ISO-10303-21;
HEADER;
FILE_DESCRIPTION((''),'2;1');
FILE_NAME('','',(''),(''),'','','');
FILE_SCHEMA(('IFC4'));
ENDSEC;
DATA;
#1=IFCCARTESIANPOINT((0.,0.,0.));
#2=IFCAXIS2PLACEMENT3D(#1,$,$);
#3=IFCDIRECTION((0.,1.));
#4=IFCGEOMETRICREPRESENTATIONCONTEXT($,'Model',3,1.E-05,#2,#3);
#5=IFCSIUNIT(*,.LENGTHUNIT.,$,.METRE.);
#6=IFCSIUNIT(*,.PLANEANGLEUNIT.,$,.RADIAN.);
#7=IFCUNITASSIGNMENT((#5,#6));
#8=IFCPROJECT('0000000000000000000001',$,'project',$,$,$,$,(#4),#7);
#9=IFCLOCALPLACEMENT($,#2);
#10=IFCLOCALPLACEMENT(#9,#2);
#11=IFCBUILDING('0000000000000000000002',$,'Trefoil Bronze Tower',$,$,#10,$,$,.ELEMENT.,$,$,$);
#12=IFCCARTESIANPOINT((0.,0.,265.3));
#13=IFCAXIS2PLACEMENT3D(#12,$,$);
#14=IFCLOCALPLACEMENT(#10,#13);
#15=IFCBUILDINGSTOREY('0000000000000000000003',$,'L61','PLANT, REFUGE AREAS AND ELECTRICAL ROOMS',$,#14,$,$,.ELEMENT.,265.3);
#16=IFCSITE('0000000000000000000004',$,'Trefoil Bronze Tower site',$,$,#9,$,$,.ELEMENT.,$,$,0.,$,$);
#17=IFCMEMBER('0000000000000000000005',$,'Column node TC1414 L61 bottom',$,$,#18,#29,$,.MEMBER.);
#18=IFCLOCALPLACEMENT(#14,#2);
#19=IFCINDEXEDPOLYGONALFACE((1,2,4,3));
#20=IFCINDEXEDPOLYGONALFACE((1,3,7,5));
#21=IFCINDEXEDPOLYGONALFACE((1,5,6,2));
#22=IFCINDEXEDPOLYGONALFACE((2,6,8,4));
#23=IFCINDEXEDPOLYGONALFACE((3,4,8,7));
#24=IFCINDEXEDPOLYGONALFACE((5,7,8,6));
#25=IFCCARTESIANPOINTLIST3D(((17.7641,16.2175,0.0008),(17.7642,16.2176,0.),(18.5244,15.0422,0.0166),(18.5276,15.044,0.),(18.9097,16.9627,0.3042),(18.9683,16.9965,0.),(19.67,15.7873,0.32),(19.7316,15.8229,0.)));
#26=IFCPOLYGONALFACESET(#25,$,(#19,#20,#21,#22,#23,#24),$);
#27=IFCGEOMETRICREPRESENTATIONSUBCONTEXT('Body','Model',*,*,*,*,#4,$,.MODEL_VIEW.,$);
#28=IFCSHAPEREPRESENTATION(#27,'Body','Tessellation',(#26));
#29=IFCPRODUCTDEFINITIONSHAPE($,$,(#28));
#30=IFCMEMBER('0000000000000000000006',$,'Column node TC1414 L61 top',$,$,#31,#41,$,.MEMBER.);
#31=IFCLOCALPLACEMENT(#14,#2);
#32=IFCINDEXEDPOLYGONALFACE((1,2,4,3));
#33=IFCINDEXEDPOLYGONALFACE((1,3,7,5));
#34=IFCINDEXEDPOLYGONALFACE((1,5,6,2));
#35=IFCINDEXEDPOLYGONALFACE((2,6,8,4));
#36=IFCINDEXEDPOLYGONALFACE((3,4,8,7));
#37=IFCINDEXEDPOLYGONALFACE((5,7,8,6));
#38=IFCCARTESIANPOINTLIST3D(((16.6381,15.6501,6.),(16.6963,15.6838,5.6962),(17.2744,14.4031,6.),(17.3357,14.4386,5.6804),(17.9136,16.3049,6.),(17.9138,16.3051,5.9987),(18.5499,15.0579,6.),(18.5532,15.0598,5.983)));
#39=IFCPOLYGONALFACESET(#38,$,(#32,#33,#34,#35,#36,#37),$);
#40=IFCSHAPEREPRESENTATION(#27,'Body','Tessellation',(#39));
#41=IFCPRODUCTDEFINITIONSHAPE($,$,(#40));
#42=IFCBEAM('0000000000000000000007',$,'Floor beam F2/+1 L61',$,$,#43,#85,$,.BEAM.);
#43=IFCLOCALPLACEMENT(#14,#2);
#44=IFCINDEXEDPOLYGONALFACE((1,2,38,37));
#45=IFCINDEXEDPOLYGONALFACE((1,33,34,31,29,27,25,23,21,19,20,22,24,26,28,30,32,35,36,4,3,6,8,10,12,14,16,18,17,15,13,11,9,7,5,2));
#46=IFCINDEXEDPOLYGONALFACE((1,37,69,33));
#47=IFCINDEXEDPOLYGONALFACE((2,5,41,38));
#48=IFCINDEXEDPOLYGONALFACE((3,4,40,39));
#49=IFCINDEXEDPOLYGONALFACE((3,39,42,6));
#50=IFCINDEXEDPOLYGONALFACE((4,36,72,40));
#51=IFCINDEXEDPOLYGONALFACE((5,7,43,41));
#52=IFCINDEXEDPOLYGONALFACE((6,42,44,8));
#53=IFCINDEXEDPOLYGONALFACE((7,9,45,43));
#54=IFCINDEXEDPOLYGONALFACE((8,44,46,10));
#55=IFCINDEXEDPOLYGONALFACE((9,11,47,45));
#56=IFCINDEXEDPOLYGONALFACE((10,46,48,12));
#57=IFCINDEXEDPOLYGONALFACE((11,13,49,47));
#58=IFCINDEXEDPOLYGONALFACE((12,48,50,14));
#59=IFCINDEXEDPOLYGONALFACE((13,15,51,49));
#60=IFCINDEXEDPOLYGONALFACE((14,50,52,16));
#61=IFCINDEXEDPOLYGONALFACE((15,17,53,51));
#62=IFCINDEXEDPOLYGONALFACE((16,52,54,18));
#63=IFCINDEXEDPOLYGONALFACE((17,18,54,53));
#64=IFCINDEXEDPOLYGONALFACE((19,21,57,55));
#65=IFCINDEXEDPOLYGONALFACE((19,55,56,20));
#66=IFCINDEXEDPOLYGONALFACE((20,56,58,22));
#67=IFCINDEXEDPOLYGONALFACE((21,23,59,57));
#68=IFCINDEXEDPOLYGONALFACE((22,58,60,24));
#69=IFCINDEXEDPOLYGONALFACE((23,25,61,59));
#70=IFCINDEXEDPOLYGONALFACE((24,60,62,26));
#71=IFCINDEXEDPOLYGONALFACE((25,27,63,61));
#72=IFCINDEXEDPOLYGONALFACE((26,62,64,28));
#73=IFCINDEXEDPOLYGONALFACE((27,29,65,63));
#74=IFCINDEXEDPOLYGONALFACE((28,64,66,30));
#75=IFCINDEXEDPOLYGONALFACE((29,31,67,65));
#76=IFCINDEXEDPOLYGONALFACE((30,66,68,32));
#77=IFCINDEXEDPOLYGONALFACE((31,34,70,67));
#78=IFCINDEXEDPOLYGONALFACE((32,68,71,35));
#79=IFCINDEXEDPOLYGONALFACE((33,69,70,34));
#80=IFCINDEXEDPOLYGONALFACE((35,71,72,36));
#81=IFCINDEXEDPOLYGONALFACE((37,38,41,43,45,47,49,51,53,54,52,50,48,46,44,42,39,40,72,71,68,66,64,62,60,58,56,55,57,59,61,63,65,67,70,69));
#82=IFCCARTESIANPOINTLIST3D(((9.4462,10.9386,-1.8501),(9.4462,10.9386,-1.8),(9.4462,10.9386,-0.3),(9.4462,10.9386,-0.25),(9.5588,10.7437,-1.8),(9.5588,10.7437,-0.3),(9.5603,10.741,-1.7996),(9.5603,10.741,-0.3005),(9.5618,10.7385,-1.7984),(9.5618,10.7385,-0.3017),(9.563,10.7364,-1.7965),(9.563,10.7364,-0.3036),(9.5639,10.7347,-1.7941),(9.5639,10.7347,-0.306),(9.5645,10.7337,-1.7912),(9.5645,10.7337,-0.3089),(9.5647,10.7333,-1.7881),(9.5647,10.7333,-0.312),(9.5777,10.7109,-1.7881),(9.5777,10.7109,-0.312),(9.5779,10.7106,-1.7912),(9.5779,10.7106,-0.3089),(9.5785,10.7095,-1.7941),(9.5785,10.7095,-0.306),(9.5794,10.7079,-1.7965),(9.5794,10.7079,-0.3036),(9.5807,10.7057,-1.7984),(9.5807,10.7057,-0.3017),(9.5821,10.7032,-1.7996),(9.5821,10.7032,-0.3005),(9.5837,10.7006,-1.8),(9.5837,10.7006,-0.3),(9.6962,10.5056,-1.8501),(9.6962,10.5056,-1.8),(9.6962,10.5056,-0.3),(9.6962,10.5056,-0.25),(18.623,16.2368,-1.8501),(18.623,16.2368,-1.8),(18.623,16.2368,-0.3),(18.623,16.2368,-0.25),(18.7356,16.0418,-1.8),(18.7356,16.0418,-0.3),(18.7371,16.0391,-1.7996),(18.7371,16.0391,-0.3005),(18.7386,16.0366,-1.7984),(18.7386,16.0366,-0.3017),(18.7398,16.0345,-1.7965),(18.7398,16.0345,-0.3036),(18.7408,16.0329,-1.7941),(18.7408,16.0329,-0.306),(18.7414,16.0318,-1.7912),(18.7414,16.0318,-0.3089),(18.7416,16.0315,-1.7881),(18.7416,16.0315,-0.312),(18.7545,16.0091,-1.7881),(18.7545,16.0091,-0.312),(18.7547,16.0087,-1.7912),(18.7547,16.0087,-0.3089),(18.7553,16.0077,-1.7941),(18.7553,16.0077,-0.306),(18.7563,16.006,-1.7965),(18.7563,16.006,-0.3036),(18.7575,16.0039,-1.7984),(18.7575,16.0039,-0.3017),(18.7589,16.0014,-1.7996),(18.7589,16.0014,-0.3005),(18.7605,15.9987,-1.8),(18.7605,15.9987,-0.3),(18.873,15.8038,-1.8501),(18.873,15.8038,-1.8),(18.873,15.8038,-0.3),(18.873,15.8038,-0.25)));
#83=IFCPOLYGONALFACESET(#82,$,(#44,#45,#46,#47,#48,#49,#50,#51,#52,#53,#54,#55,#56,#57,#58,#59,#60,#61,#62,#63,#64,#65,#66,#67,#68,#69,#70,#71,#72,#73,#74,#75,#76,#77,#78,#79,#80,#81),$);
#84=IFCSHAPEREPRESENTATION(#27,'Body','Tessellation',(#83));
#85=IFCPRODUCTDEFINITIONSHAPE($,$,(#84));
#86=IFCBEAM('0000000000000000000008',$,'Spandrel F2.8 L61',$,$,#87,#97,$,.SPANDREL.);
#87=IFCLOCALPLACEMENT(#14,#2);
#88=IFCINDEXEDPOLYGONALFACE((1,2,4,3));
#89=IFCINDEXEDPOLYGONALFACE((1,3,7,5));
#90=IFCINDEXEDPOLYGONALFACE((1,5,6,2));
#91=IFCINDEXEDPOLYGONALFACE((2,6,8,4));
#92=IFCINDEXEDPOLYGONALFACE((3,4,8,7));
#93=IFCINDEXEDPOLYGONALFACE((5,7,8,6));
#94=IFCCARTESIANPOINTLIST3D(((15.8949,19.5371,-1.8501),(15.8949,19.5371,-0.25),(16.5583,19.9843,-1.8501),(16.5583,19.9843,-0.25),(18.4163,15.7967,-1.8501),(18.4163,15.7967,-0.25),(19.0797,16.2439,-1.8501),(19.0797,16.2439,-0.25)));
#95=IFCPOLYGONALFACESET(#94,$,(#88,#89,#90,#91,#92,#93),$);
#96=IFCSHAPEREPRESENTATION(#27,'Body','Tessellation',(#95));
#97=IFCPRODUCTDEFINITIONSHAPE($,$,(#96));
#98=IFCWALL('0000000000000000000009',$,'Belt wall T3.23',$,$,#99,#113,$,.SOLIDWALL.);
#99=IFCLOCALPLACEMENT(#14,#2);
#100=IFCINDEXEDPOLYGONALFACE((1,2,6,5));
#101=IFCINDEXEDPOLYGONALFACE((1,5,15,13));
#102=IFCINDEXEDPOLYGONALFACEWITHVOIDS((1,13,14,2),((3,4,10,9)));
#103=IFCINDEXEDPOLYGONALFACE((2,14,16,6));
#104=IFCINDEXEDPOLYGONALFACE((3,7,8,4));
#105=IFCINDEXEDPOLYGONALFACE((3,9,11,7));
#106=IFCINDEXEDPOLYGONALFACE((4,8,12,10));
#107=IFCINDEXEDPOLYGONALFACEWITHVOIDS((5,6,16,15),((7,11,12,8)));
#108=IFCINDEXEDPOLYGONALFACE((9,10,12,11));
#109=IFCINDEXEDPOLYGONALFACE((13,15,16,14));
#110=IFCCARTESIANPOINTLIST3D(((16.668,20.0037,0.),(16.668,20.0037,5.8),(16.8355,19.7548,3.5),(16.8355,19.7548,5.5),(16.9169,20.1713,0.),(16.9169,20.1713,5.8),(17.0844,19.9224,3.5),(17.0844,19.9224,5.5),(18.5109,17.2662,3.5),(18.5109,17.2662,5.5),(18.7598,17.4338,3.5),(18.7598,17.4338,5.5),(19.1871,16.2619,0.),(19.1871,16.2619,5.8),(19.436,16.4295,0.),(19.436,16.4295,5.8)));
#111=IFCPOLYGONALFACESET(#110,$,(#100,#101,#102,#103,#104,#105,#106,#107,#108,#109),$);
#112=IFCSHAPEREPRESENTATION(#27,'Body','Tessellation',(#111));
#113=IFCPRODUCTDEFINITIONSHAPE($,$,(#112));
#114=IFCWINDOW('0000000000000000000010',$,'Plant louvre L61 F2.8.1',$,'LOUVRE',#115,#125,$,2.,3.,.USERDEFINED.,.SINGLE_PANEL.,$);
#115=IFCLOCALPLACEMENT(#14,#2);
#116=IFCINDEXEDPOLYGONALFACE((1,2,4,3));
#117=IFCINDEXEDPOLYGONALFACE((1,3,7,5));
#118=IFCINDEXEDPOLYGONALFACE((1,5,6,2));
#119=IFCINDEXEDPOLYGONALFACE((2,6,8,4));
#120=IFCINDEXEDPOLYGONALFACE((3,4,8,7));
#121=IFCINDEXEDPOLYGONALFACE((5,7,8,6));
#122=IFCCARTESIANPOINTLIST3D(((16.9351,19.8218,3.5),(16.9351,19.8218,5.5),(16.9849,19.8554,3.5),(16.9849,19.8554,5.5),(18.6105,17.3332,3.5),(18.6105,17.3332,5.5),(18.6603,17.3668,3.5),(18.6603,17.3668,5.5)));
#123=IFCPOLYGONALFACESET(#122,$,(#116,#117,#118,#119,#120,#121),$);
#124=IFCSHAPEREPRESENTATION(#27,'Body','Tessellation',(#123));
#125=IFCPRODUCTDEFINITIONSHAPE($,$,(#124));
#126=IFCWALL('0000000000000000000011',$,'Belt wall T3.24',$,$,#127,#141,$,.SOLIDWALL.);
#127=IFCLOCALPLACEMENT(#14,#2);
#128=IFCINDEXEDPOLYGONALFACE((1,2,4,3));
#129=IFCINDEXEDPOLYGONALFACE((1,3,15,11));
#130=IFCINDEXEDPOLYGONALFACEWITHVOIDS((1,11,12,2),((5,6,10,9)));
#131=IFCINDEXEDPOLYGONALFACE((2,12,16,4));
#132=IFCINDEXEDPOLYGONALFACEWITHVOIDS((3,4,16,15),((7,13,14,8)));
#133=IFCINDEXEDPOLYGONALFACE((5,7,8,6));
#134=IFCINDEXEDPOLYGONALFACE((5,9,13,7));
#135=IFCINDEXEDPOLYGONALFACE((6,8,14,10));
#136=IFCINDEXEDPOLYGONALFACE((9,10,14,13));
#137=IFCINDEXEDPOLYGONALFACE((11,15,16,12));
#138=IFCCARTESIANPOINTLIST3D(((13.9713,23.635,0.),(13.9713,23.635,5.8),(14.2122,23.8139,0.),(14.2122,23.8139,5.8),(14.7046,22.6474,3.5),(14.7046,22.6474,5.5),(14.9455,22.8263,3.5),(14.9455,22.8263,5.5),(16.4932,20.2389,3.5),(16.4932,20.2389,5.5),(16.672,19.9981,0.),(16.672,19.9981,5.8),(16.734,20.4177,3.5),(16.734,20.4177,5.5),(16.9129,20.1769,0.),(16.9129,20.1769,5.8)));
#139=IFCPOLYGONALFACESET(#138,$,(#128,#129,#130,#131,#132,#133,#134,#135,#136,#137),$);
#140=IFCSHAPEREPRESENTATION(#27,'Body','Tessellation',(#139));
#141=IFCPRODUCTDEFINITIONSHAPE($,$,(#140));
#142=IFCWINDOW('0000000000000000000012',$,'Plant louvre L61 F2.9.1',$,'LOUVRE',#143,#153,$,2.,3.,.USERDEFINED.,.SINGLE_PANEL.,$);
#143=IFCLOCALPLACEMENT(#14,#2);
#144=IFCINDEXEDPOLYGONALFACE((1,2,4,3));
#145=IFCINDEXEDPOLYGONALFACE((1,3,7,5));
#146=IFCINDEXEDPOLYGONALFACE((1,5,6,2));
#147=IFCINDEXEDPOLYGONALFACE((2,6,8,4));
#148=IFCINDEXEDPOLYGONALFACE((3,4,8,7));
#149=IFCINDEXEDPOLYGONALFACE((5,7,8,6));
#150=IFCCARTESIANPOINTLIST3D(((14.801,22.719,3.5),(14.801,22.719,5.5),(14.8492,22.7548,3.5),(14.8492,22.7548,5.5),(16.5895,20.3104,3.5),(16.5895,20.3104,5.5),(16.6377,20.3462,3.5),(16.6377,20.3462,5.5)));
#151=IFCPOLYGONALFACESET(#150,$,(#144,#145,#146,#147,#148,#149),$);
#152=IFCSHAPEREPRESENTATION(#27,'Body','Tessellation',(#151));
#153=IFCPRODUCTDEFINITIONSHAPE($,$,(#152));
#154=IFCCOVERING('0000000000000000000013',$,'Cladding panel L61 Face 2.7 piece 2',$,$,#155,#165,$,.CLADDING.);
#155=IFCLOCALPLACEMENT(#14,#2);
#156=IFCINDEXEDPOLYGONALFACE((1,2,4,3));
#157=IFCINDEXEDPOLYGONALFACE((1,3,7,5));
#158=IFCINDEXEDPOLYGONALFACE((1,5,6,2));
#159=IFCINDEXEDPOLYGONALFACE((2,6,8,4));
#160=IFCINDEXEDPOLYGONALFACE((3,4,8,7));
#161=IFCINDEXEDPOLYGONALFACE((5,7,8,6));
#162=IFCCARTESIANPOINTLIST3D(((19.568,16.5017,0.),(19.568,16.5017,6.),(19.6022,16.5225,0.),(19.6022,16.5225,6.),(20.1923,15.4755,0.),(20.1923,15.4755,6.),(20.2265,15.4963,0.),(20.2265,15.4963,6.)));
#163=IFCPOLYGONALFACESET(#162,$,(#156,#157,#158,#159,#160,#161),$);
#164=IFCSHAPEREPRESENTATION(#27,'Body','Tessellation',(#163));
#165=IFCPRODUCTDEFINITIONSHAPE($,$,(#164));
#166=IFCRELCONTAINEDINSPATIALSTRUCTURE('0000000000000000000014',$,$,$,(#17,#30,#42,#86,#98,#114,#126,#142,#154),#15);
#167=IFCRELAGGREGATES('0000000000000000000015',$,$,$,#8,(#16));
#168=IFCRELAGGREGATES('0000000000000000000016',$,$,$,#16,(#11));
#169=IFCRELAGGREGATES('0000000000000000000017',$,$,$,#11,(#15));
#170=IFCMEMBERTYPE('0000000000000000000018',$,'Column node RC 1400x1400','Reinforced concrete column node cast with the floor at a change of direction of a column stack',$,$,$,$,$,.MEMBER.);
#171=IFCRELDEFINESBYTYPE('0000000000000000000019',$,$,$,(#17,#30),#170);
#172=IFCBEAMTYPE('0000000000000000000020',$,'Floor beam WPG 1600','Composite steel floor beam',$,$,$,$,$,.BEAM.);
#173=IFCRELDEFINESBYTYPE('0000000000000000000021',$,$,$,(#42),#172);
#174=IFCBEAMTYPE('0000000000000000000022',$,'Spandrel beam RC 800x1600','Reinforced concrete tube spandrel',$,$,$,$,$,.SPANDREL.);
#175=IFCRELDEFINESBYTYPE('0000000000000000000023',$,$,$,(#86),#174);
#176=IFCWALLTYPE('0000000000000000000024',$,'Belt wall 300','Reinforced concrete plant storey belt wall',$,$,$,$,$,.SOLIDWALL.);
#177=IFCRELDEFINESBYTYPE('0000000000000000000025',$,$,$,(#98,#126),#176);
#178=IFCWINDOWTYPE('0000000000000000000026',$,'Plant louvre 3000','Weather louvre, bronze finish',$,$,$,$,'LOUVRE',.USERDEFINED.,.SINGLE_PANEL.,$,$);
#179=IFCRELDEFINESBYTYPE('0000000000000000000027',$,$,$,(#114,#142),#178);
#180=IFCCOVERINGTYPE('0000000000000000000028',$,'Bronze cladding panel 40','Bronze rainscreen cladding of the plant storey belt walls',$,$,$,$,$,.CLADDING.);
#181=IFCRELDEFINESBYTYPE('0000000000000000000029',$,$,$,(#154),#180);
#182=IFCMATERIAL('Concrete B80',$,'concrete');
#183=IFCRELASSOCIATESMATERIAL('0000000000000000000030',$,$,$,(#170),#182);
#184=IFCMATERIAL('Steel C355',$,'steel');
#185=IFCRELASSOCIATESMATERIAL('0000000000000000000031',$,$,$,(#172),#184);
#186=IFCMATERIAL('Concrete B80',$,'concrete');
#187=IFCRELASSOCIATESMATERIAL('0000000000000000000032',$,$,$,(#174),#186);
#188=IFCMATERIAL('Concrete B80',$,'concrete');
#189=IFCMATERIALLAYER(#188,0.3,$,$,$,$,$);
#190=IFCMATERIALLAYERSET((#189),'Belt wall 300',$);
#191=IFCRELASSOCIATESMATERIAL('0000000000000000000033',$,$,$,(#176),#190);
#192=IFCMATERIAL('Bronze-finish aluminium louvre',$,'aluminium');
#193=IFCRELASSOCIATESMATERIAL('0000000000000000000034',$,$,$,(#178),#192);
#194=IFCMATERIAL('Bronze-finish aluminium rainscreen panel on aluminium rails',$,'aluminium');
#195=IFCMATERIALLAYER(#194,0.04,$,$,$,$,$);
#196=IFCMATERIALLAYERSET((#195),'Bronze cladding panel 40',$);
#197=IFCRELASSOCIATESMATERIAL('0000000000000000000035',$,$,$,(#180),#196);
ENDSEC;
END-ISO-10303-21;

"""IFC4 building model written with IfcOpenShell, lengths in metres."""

from ifc_helpers import new_model, si_unit, direction, frame, frame_2d, origin, origin_2d, place, context, subcontext, project, spatial, rectangle, i_section, extrude, clip, halfspace, material, layer, layer_set, material_profile, profile_set, type_object, element, fill, save


model = new_model("IFC4")

# Units and contexts
model_context = context("Model", 3, precision=1e-05, world=origin(), true_north=direction((0.0, 1.0)))
body_context = subcontext(model_context, "Body", "Model", "MODEL_VIEW")
ifc_project = project(units=[si_unit("LENGTHUNIT", "METRE"), si_unit("PLANEANGLEUNIT", "RADIAN")], contexts=[model_context])

# Site, building, storey
site_placement = place(None, origin())
site = spatial("IfcSite", under=ifc_project, at=site_placement, Name="Trefoil Bronze Tower site", CompositionType="ELEMENT", RefElevation=0.0)
building_placement = place(site_placement, origin())
building = spatial("IfcBuilding", under=site, at=building_placement, Name="Trefoil Bronze Tower", CompositionType="ELEMENT")
storey_placement = place(building_placement, frame((0.0, 0.0, 265.3)))
storey = spatial("IfcBuildingStorey", under=building, at=storey_placement, Name="L61", Description="PLANT, REFUGE AREAS AND ELECTRICAL ROOMS", CompositionType="ELEMENT", Elevation=265.3)

# Members
ifc_material_1 = material(Name="Concrete B80", Category="concrete")
ifc_material_profile_1 = material_profile(ifc_material_1, rectangle(XDim=1.3999, YDim=1.3999, at=origin_2d()), Name="RC 1400x1400")
ifc_profile_set_1 = profile_set([ifc_material_profile_1], Name="Concrete B80")
member_type = type_object("IfcMemberType", Name="Column node RC 1400x1400", Description="Reinforced concrete column node cast with the floor at a change of direction of a column stack", PredefinedType="MEMBER", material=ifc_profile_set_1)
member_1_placement = place(storey_placement, frame((18.7788, 16.0381, -0.1604), z_axis=(-0.187954, -0.108463, 0.976171), x_axis=(-0.543105, 0.839589, -0.011283)))
element("IfcMember", 1, at=member_1_placement, inside=storey, type_object=member_type, Name="Column node TC1414 L61 bottom", PredefinedType="MEMBER", context=body_context, shape_type="Clipping", body=[
    clip(extrude(rectangle(XDim=1.3999, YDim=1.3999, at=origin_2d()), origin(), (0.0, 0.0, 1.0), 0.3286), halfspace(frame((0.0, 0.0, 0.1643), z_axis=(-0.011283, -0.216711, 0.976171), x_axis=(0.0, 0.976233, 0.216725)), True)),
])
member_2_placement = place(storey_placement, frame((17.5632, 15.3362, 6.1604), z_axis=(0.187237, 0.108479, -0.976307), x_axis=(0.456707, -0.889546, -0.011251)))
element("IfcMember", 2, at=member_2_placement, inside=storey, type_object=member_type, Name="Column node TC1414 L61 top", PredefinedType="MEMBER", context=body_context, shape_type="Clipping", body=[
    clip(extrude(rectangle(XDim=1.3999, YDim=1.3999, at=origin_2d()), origin(), (0.0, 0.0, 1.0), 0.3286), halfspace(frame((0.0, 0.0, 0.1643), z_axis=(0.011251, 0.216099, 0.976307), x_axis=(0.0, 0.976368, -0.216112)), True)),
])

# Beams
ifc_material_2 = material(Name="Steel C355", Category="steel")
ifc_material_profile_2 = material_profile(ifc_material_2, i_section(OverallWidth=0.5, OverallDepth=1.6001, WebThickness=0.0259, FlangeThickness=0.05, FilletRadius=0.012, at=origin_2d()), Name="WPG 1600")
ifc_profile_set_2 = profile_set([ifc_material_profile_2], Name="Steel C355")
beam_type_1 = type_object("IfcBeamType", Name="Floor beam WPG 1600", Description="Composite steel floor beam", PredefinedType="BEAM", material=ifc_profile_set_2)
beam_1_placement = place(storey_placement, frame((18.748, 16.0203, -1.05), z_axis=(-0.86603, -0.499992, 0.0), x_axis=(0.499992, -0.86603, 0.0)))
element("IfcBeam", 3, at=beam_1_placement, inside=storey, type_object=beam_type_1, Name="Floor beam F2/+1 L61", PredefinedType="BEAM", context=body_context, shape_type="SweptSolid", body=[
    extrude(i_section(OverallWidth=0.5, OverallDepth=1.6001, WebThickness=0.0259, FlangeThickness=0.05, FilletRadius=0.012, at=origin_2d()), origin(), (0.0, 0.0, 1.0), 10.5964),
])
ifc_material_3 = material(Name="Concrete B80", Category="concrete")
ifc_material_profile_3 = material_profile(ifc_material_3, rectangle(XDim=0.8, YDim=1.6001, at=origin_2d()), Name="RC 800x1600")
ifc_profile_set_3 = profile_set([ifc_material_profile_3], Name="Concrete B80")
beam_type_2 = type_object("IfcBeamType", Name="Spandrel beam RC 800x1600", Description="Reinforced concrete tube spandrel", PredefinedType="SPANDREL", material=ifc_profile_set_3)
beam_2_placement = place(storey_placement, frame((18.748, 16.0203, -1.05), z_axis=(-0.558964, 0.829192, 0.0), x_axis=(-0.829192, -0.558964, 0.0)))
element("IfcBeam", 4, at=beam_2_placement, inside=storey, type_object=beam_type_2, Name="Spandrel F2.8 L61", PredefinedType="SPANDREL", context=body_context, shape_type="SweptSolid", body=[
    extrude(rectangle(XDim=0.8, YDim=1.6001, at=origin_2d()), origin(), (0.0, 0.0, 1.0), 4.511),
])

# Walls, openings, windows
ifc_material_4 = material(Name="Concrete B80", Category="concrete")
ifc_layer_1 = layer(ifc_material_4, 0.3)
ifc_layer_set_1 = layer_set([ifc_layer_1], Name="Belt wall 300")
wall_type = type_object("IfcWallType", Name="Belt wall 300", Description="Reinforced concrete plant storey belt wall", PredefinedType="SOLIDWALL", material=ifc_layer_set_1)
wall_1_placement = place(storey_placement, frame((19.3115, 16.3457, 0.0), z_axis=(0.0, 0.0, 1.0), x_axis=(-0.558467, 0.829527, 0.0)))
wall_1 = element("IfcWall", 5, at=wall_1_placement, inside=storey, type_object=wall_type, Name="Belt wall T3.23", PredefinedType="SOLIDWALL", context=body_context, shape_type="SweptSolid", body=[
    extrude(rectangle(XDim=4.5107, YDim=0.3, at=frame_2d((2.2554, 0.0))), origin(), (0.0, 0.0, 1.0), 5.8),
])
opening_1_placement = place(wall_1_placement, frame((1.2107, 0.0, 3.5)))
opening_1 = element("IfcOpeningElement", 6, at=opening_1_placement, cuts=wall_1, PredefinedType="OPENING", context=body_context, shape_type="SweptSolid", body=[
    extrude(rectangle(XDim=3.0, YDim=2.0, at=frame_2d((1.5, 1.0))), frame((0.0, 0.1599, 0.0), z_axis=(0.0, -1.0, 0.0), x_axis=(1.0, 0.0, 0.0)), (0.0, 0.0, 1.0), 0.3201),
])
ifc_material_5 = material(Name="Bronze-finish aluminium louvre", Category="aluminium")
window_type = type_object("IfcWindowType", Name="Plant louvre 3000", Description="Weather louvre, bronze finish", ElementType="LOUVRE", PartitioningType="SINGLE_PANEL", PredefinedType="USERDEFINED", material=ifc_material_5)
window_1_placement = place(opening_1_placement, origin())
window_1 = element("IfcWindow", 7, at=window_1_placement, inside=storey, type_object=window_type, Name="Plant louvre L61 F2.8.1", ObjectType="LOUVRE", OverallHeight=2.0, OverallWidth=3.0, PartitioningType="SINGLE_PANEL", PredefinedType="USERDEFINED", context=body_context, shape_type="SweptSolid", body=[
    extrude(rectangle(XDim=3.0, YDim=2.0, at=frame_2d((1.5, 1.0))), frame((0.0, 0.03, 0.0), z_axis=(0.0, -1.0, 0.0), x_axis=(1.0, 0.0, 0.0)), (0.0, 0.0, 1.0), 0.0601),
])
fill(opening_1, window_1)
wall_2_placement = place(storey_placement, frame((16.7925, 20.0874, 0.0), z_axis=(0.0, 0.0, 1.0), x_axis=(-0.596173, 0.802856, 0.0)))
wall_2 = element("IfcWall", 8, at=wall_2_placement, inside=storey, type_object=wall_type, Name="Belt wall T3.24", PredefinedType="SOLIDWALL", context=body_context, shape_type="SweptSolid", body=[
    extrude(rectangle(XDim=4.53, YDim=0.3, at=frame_2d((2.2651, 0.0))), origin(), (0.0, 0.0, 1.0), 5.8),
])
opening_2_placement = place(wall_2_placement, frame((0.3, 0.0, 3.5)))
opening_2 = element("IfcOpeningElement", 9, at=opening_2_placement, cuts=wall_2, PredefinedType="OPENING", context=body_context, shape_type="SweptSolid", body=[
    extrude(rectangle(XDim=3.0, YDim=2.0, at=frame_2d((1.5, 1.0))), frame((0.0, 0.1599, 0.0), z_axis=(0.0, -1.0, 0.0), x_axis=(1.0, 0.0, 0.0)), (0.0, 0.0, 1.0), 0.3201),
])
window_2_placement = place(opening_2_placement, origin())
window_2 = element("IfcWindow", 10, at=window_2_placement, inside=storey, type_object=window_type, Name="Plant louvre L61 F2.9.1", ObjectType="LOUVRE", OverallHeight=2.0, OverallWidth=3.0, PartitioningType="SINGLE_PANEL", PredefinedType="USERDEFINED", context=body_context, shape_type="SweptSolid", body=[
    extrude(rectangle(XDim=3.0, YDim=2.0, at=frame_2d((1.5, 1.0))), frame((0.0, 0.03, 0.0), z_axis=(0.0, -1.0, 0.0), x_axis=(1.0, 0.0, 0.0)), (0.0, 0.0, 1.0), 0.0601),
])
fill(opening_2, window_2)

# Covering
ifc_material_6 = material(Name="Bronze-finish aluminium rainscreen panel on aluminium rails", Category="aluminium")
ifc_layer_2 = layer(ifc_material_6, 0.04)
ifc_layer_set_2 = layer_set([ifc_layer_2], Name="Bronze cladding panel 40")
covering_type_1 = type_object("IfcCoveringType", Name="Bronze cladding panel 40", Description="Bronze rainscreen cladding of the plant storey belt walls", PredefinedType="CLADDING", material=ifc_layer_set_2)
covering_1_placement = place(storey_placement, frame((19.8972, 15.999, 0.0), z_axis=(0.0, 0.0, 1.0), x_axis=(-0.519762, 0.854311, 0.0)))
element("IfcCovering", 11, at=covering_1_placement, inside=storey, type_object=covering_type_1, Name="Cladding panel L61 Face 2.7 piece 2", PredefinedType="CLADDING", context=body_context, shape_type="SweptSolid", body=[
    extrude(rectangle(XDim=1.2012, YDim=0.04, at=origin_2d()), origin(), (0.0, 0.0, 1.0), 6.0),
])

save(model, "model.ifc")
